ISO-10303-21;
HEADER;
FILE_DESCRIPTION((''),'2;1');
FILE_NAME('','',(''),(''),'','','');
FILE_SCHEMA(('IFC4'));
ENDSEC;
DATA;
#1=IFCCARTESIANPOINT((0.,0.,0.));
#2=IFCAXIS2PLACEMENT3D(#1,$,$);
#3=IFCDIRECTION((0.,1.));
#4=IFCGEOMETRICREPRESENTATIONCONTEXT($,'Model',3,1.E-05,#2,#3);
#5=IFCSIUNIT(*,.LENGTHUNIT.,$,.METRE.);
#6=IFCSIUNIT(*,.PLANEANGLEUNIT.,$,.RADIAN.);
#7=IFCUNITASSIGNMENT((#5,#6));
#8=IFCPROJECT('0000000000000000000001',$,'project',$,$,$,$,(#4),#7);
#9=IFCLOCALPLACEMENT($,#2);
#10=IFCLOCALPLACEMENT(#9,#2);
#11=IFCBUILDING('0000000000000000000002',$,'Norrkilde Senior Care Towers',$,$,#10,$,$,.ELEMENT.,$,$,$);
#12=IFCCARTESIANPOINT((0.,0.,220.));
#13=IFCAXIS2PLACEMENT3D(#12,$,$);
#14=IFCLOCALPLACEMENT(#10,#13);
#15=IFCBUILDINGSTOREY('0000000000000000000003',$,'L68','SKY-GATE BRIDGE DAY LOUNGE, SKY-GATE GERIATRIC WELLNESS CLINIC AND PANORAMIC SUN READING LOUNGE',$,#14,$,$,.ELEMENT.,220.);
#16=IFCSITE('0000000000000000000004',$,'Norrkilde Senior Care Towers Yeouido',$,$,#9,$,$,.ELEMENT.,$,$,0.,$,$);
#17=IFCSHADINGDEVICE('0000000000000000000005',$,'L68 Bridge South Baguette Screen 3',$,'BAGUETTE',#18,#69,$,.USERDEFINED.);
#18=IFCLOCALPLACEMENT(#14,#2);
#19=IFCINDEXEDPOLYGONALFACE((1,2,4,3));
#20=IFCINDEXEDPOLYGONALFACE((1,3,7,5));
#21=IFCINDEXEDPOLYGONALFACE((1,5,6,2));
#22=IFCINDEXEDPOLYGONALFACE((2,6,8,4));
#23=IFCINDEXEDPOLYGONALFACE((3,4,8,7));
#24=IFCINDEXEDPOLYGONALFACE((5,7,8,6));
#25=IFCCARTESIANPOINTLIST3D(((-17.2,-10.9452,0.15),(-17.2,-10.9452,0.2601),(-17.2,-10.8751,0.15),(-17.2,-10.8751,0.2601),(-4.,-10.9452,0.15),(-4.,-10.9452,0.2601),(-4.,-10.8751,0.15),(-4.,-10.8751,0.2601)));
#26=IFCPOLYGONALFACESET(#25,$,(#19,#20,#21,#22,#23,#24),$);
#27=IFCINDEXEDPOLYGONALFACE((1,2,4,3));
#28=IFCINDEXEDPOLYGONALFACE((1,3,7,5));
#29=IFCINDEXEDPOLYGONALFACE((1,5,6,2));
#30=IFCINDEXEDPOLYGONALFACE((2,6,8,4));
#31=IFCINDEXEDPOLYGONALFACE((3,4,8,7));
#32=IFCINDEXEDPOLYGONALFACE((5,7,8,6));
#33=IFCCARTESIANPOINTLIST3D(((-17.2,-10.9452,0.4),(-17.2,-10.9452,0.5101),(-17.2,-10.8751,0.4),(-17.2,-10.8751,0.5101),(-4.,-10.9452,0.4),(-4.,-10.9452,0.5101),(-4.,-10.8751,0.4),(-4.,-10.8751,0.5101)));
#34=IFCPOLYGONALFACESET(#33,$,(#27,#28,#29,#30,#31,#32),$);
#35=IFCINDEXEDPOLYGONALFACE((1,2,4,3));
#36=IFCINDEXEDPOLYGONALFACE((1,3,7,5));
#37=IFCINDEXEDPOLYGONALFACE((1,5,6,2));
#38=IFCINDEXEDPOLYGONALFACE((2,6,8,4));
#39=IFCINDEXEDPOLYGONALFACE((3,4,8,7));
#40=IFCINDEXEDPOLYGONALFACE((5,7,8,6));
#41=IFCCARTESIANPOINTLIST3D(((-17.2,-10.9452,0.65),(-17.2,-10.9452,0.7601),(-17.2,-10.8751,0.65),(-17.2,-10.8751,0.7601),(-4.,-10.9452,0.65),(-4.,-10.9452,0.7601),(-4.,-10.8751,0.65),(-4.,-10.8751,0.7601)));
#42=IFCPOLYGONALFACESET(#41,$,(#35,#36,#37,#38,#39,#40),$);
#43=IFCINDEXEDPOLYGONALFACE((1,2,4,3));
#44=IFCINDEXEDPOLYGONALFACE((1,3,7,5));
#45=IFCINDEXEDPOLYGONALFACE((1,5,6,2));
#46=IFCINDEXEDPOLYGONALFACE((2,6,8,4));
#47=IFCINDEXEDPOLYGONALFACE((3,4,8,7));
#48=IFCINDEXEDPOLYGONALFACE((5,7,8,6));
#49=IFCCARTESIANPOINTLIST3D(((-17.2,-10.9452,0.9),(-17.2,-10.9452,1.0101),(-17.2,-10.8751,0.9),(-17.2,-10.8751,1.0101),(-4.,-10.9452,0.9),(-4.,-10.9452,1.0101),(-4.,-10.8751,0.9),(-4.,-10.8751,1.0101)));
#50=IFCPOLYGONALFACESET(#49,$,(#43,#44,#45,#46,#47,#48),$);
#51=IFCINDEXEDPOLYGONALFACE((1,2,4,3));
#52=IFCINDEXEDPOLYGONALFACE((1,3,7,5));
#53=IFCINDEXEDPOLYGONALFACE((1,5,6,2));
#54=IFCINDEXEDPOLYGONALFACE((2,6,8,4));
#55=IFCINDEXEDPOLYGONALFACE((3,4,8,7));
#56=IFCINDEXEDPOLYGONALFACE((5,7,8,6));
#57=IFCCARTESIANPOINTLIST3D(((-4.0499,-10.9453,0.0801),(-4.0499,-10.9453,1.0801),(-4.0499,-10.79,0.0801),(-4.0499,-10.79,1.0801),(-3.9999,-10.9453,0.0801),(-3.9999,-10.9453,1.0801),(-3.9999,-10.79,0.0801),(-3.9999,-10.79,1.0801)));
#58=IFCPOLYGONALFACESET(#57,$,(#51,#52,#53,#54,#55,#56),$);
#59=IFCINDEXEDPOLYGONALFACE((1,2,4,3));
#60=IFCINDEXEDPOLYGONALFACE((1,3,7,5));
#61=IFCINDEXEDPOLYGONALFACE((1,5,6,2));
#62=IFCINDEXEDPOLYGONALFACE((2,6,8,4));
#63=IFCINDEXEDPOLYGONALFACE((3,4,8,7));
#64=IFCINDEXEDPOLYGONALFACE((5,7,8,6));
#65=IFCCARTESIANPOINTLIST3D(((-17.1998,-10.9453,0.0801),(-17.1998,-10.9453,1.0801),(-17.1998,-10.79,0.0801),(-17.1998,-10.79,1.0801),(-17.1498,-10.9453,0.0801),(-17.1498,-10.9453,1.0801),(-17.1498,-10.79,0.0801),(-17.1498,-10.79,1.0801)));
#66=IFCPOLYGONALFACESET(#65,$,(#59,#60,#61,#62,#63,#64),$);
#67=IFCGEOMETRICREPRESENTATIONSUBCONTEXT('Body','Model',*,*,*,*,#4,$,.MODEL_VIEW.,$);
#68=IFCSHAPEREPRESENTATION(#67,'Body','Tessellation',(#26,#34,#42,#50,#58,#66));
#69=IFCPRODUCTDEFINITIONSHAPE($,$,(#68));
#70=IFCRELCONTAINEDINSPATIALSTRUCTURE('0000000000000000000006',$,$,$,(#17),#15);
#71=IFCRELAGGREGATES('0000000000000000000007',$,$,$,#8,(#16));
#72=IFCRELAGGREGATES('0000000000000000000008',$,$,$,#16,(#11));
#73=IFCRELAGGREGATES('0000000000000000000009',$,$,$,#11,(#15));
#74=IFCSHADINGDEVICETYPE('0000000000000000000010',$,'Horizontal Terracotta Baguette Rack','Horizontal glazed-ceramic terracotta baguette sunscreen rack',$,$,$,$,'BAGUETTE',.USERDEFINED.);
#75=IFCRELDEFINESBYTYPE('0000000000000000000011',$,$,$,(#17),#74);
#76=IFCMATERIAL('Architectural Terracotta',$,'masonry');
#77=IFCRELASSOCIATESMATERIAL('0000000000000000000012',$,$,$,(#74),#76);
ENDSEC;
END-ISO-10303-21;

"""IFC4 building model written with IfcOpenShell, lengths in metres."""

from ifc_helpers import new_model, si_unit, direction, frame, origin, origin_2d, place, context, subcontext, project, spatial, rectangle, extrude, source, transform, mapped, material, type_object, type_shapes, element, save


model = new_model("IFC4")

# Units and contexts
model_context = context("Model", 3, precision=1e-05, world=origin(), true_north=direction((0.0, 1.0)))
body_context = subcontext(model_context, "Body", "Model", "MODEL_VIEW")
ifc_project = project(units=[si_unit("LENGTHUNIT", "METRE"), si_unit("PLANEANGLEUNIT", "RADIAN")], contexts=[model_context])

# Site, building, storey
site_placement = place(None, origin())
site = spatial("IfcSite", under=ifc_project, at=site_placement, Name="Norrkilde Senior Care Towers Yeouido", CompositionType="ELEMENT", RefElevation=0.0)
building_placement = place(site_placement, origin())
building = spatial("IfcBuilding", under=site, at=building_placement, Name="Norrkilde Senior Care Towers", CompositionType="ELEMENT")
storey_placement = place(building_placement, frame((0.0, 0.0, 220.0)))
storey = spatial("IfcBuildingStorey", under=building, at=storey_placement, Name="L68", Description="SKY-GATE BRIDGE DAY LOUNGE, SKY-GATE GERIATRIC WELLNESS CLINIC AND PANORAMIC SUN READING LOUNGE", CompositionType="ELEMENT", Elevation=220.0)

# Shading device
ifc_material_1 = material(Name="Architectural Terracotta", Category="masonry")
shading_device_type = type_object("IfcShadingDeviceType", Name="Horizontal Terracotta Baguette Rack", Description="Horizontal glazed-ceramic terracotta baguette sunscreen rack", ElementType="BAGUETTE", PredefinedType="USERDEFINED", material=ifc_material_1)
shared_shape_1 = source(origin(), body_context, "Body", "SweptSolid", [
    extrude(rectangle(XDim=0.0701, YDim=0.1101, at=origin_2d()), frame((0.0, 0.0901, 0.125), z_axis=(1.0, 0.0, 0.0), x_axis=(0.0, 1.0, 0.0)), (0.0, 0.0, 1.0), 13.2),
    extrude(rectangle(XDim=0.0701, YDim=0.1101, at=origin_2d()), frame((0.0, 0.0901, 0.375), z_axis=(1.0, 0.0, 0.0), x_axis=(0.0, 1.0, 0.0)), (0.0, 0.0, 1.0), 13.2),
    extrude(rectangle(XDim=0.0701, YDim=0.1101, at=origin_2d()), frame((0.0, 0.0901, 0.625), z_axis=(1.0, 0.0, 0.0), x_axis=(0.0, 1.0, 0.0)), (0.0, 0.0, 1.0), 13.2),
    extrude(rectangle(XDim=0.0701, YDim=0.1101, at=origin_2d()), frame((0.0, 0.0901, 0.875), z_axis=(1.0, 0.0, 0.0), x_axis=(0.0, 1.0, 0.0)), (0.0, 0.0, 1.0), 13.2),
    extrude(rectangle(XDim=0.05, YDim=0.1553, at=origin_2d()), frame((0.0249, 0.0476, 0.0)), (0.0, 0.0, 1.0), 1.0),
    extrude(rectangle(XDim=0.05, YDim=0.1553, at=origin_2d()), frame((13.1748, 0.0476, 0.0)), (0.0, 0.0, 1.0), 1.0),
])
type_shapes(shading_device_type, [shared_shape_1])
shading_device_placement = place(storey_placement, frame((-4.0, -10.8201, 0.0801), z_axis=(0.0, 0.0, 1.0), x_axis=(-1.0, 0.0, 0.0)))
element("IfcShadingDevice", 1, at=shading_device_placement, inside=storey, type_object=shading_device_type, Name="L68 Bridge South Baguette Screen 3", ObjectType="BAGUETTE", PredefinedType="USERDEFINED", context=body_context, shape_type="MappedRepresentation", body=[
    mapped(shared_shape_1, transform((0.0, 0.0, 0.0), x_axis=(1.0, 0.0, 0.0), y_axis=(0.0, 1.0, 0.0), z_axis=(0.0, 0.0, 1.0), scale=1.0)),
])

save(model, "model.ifc")
